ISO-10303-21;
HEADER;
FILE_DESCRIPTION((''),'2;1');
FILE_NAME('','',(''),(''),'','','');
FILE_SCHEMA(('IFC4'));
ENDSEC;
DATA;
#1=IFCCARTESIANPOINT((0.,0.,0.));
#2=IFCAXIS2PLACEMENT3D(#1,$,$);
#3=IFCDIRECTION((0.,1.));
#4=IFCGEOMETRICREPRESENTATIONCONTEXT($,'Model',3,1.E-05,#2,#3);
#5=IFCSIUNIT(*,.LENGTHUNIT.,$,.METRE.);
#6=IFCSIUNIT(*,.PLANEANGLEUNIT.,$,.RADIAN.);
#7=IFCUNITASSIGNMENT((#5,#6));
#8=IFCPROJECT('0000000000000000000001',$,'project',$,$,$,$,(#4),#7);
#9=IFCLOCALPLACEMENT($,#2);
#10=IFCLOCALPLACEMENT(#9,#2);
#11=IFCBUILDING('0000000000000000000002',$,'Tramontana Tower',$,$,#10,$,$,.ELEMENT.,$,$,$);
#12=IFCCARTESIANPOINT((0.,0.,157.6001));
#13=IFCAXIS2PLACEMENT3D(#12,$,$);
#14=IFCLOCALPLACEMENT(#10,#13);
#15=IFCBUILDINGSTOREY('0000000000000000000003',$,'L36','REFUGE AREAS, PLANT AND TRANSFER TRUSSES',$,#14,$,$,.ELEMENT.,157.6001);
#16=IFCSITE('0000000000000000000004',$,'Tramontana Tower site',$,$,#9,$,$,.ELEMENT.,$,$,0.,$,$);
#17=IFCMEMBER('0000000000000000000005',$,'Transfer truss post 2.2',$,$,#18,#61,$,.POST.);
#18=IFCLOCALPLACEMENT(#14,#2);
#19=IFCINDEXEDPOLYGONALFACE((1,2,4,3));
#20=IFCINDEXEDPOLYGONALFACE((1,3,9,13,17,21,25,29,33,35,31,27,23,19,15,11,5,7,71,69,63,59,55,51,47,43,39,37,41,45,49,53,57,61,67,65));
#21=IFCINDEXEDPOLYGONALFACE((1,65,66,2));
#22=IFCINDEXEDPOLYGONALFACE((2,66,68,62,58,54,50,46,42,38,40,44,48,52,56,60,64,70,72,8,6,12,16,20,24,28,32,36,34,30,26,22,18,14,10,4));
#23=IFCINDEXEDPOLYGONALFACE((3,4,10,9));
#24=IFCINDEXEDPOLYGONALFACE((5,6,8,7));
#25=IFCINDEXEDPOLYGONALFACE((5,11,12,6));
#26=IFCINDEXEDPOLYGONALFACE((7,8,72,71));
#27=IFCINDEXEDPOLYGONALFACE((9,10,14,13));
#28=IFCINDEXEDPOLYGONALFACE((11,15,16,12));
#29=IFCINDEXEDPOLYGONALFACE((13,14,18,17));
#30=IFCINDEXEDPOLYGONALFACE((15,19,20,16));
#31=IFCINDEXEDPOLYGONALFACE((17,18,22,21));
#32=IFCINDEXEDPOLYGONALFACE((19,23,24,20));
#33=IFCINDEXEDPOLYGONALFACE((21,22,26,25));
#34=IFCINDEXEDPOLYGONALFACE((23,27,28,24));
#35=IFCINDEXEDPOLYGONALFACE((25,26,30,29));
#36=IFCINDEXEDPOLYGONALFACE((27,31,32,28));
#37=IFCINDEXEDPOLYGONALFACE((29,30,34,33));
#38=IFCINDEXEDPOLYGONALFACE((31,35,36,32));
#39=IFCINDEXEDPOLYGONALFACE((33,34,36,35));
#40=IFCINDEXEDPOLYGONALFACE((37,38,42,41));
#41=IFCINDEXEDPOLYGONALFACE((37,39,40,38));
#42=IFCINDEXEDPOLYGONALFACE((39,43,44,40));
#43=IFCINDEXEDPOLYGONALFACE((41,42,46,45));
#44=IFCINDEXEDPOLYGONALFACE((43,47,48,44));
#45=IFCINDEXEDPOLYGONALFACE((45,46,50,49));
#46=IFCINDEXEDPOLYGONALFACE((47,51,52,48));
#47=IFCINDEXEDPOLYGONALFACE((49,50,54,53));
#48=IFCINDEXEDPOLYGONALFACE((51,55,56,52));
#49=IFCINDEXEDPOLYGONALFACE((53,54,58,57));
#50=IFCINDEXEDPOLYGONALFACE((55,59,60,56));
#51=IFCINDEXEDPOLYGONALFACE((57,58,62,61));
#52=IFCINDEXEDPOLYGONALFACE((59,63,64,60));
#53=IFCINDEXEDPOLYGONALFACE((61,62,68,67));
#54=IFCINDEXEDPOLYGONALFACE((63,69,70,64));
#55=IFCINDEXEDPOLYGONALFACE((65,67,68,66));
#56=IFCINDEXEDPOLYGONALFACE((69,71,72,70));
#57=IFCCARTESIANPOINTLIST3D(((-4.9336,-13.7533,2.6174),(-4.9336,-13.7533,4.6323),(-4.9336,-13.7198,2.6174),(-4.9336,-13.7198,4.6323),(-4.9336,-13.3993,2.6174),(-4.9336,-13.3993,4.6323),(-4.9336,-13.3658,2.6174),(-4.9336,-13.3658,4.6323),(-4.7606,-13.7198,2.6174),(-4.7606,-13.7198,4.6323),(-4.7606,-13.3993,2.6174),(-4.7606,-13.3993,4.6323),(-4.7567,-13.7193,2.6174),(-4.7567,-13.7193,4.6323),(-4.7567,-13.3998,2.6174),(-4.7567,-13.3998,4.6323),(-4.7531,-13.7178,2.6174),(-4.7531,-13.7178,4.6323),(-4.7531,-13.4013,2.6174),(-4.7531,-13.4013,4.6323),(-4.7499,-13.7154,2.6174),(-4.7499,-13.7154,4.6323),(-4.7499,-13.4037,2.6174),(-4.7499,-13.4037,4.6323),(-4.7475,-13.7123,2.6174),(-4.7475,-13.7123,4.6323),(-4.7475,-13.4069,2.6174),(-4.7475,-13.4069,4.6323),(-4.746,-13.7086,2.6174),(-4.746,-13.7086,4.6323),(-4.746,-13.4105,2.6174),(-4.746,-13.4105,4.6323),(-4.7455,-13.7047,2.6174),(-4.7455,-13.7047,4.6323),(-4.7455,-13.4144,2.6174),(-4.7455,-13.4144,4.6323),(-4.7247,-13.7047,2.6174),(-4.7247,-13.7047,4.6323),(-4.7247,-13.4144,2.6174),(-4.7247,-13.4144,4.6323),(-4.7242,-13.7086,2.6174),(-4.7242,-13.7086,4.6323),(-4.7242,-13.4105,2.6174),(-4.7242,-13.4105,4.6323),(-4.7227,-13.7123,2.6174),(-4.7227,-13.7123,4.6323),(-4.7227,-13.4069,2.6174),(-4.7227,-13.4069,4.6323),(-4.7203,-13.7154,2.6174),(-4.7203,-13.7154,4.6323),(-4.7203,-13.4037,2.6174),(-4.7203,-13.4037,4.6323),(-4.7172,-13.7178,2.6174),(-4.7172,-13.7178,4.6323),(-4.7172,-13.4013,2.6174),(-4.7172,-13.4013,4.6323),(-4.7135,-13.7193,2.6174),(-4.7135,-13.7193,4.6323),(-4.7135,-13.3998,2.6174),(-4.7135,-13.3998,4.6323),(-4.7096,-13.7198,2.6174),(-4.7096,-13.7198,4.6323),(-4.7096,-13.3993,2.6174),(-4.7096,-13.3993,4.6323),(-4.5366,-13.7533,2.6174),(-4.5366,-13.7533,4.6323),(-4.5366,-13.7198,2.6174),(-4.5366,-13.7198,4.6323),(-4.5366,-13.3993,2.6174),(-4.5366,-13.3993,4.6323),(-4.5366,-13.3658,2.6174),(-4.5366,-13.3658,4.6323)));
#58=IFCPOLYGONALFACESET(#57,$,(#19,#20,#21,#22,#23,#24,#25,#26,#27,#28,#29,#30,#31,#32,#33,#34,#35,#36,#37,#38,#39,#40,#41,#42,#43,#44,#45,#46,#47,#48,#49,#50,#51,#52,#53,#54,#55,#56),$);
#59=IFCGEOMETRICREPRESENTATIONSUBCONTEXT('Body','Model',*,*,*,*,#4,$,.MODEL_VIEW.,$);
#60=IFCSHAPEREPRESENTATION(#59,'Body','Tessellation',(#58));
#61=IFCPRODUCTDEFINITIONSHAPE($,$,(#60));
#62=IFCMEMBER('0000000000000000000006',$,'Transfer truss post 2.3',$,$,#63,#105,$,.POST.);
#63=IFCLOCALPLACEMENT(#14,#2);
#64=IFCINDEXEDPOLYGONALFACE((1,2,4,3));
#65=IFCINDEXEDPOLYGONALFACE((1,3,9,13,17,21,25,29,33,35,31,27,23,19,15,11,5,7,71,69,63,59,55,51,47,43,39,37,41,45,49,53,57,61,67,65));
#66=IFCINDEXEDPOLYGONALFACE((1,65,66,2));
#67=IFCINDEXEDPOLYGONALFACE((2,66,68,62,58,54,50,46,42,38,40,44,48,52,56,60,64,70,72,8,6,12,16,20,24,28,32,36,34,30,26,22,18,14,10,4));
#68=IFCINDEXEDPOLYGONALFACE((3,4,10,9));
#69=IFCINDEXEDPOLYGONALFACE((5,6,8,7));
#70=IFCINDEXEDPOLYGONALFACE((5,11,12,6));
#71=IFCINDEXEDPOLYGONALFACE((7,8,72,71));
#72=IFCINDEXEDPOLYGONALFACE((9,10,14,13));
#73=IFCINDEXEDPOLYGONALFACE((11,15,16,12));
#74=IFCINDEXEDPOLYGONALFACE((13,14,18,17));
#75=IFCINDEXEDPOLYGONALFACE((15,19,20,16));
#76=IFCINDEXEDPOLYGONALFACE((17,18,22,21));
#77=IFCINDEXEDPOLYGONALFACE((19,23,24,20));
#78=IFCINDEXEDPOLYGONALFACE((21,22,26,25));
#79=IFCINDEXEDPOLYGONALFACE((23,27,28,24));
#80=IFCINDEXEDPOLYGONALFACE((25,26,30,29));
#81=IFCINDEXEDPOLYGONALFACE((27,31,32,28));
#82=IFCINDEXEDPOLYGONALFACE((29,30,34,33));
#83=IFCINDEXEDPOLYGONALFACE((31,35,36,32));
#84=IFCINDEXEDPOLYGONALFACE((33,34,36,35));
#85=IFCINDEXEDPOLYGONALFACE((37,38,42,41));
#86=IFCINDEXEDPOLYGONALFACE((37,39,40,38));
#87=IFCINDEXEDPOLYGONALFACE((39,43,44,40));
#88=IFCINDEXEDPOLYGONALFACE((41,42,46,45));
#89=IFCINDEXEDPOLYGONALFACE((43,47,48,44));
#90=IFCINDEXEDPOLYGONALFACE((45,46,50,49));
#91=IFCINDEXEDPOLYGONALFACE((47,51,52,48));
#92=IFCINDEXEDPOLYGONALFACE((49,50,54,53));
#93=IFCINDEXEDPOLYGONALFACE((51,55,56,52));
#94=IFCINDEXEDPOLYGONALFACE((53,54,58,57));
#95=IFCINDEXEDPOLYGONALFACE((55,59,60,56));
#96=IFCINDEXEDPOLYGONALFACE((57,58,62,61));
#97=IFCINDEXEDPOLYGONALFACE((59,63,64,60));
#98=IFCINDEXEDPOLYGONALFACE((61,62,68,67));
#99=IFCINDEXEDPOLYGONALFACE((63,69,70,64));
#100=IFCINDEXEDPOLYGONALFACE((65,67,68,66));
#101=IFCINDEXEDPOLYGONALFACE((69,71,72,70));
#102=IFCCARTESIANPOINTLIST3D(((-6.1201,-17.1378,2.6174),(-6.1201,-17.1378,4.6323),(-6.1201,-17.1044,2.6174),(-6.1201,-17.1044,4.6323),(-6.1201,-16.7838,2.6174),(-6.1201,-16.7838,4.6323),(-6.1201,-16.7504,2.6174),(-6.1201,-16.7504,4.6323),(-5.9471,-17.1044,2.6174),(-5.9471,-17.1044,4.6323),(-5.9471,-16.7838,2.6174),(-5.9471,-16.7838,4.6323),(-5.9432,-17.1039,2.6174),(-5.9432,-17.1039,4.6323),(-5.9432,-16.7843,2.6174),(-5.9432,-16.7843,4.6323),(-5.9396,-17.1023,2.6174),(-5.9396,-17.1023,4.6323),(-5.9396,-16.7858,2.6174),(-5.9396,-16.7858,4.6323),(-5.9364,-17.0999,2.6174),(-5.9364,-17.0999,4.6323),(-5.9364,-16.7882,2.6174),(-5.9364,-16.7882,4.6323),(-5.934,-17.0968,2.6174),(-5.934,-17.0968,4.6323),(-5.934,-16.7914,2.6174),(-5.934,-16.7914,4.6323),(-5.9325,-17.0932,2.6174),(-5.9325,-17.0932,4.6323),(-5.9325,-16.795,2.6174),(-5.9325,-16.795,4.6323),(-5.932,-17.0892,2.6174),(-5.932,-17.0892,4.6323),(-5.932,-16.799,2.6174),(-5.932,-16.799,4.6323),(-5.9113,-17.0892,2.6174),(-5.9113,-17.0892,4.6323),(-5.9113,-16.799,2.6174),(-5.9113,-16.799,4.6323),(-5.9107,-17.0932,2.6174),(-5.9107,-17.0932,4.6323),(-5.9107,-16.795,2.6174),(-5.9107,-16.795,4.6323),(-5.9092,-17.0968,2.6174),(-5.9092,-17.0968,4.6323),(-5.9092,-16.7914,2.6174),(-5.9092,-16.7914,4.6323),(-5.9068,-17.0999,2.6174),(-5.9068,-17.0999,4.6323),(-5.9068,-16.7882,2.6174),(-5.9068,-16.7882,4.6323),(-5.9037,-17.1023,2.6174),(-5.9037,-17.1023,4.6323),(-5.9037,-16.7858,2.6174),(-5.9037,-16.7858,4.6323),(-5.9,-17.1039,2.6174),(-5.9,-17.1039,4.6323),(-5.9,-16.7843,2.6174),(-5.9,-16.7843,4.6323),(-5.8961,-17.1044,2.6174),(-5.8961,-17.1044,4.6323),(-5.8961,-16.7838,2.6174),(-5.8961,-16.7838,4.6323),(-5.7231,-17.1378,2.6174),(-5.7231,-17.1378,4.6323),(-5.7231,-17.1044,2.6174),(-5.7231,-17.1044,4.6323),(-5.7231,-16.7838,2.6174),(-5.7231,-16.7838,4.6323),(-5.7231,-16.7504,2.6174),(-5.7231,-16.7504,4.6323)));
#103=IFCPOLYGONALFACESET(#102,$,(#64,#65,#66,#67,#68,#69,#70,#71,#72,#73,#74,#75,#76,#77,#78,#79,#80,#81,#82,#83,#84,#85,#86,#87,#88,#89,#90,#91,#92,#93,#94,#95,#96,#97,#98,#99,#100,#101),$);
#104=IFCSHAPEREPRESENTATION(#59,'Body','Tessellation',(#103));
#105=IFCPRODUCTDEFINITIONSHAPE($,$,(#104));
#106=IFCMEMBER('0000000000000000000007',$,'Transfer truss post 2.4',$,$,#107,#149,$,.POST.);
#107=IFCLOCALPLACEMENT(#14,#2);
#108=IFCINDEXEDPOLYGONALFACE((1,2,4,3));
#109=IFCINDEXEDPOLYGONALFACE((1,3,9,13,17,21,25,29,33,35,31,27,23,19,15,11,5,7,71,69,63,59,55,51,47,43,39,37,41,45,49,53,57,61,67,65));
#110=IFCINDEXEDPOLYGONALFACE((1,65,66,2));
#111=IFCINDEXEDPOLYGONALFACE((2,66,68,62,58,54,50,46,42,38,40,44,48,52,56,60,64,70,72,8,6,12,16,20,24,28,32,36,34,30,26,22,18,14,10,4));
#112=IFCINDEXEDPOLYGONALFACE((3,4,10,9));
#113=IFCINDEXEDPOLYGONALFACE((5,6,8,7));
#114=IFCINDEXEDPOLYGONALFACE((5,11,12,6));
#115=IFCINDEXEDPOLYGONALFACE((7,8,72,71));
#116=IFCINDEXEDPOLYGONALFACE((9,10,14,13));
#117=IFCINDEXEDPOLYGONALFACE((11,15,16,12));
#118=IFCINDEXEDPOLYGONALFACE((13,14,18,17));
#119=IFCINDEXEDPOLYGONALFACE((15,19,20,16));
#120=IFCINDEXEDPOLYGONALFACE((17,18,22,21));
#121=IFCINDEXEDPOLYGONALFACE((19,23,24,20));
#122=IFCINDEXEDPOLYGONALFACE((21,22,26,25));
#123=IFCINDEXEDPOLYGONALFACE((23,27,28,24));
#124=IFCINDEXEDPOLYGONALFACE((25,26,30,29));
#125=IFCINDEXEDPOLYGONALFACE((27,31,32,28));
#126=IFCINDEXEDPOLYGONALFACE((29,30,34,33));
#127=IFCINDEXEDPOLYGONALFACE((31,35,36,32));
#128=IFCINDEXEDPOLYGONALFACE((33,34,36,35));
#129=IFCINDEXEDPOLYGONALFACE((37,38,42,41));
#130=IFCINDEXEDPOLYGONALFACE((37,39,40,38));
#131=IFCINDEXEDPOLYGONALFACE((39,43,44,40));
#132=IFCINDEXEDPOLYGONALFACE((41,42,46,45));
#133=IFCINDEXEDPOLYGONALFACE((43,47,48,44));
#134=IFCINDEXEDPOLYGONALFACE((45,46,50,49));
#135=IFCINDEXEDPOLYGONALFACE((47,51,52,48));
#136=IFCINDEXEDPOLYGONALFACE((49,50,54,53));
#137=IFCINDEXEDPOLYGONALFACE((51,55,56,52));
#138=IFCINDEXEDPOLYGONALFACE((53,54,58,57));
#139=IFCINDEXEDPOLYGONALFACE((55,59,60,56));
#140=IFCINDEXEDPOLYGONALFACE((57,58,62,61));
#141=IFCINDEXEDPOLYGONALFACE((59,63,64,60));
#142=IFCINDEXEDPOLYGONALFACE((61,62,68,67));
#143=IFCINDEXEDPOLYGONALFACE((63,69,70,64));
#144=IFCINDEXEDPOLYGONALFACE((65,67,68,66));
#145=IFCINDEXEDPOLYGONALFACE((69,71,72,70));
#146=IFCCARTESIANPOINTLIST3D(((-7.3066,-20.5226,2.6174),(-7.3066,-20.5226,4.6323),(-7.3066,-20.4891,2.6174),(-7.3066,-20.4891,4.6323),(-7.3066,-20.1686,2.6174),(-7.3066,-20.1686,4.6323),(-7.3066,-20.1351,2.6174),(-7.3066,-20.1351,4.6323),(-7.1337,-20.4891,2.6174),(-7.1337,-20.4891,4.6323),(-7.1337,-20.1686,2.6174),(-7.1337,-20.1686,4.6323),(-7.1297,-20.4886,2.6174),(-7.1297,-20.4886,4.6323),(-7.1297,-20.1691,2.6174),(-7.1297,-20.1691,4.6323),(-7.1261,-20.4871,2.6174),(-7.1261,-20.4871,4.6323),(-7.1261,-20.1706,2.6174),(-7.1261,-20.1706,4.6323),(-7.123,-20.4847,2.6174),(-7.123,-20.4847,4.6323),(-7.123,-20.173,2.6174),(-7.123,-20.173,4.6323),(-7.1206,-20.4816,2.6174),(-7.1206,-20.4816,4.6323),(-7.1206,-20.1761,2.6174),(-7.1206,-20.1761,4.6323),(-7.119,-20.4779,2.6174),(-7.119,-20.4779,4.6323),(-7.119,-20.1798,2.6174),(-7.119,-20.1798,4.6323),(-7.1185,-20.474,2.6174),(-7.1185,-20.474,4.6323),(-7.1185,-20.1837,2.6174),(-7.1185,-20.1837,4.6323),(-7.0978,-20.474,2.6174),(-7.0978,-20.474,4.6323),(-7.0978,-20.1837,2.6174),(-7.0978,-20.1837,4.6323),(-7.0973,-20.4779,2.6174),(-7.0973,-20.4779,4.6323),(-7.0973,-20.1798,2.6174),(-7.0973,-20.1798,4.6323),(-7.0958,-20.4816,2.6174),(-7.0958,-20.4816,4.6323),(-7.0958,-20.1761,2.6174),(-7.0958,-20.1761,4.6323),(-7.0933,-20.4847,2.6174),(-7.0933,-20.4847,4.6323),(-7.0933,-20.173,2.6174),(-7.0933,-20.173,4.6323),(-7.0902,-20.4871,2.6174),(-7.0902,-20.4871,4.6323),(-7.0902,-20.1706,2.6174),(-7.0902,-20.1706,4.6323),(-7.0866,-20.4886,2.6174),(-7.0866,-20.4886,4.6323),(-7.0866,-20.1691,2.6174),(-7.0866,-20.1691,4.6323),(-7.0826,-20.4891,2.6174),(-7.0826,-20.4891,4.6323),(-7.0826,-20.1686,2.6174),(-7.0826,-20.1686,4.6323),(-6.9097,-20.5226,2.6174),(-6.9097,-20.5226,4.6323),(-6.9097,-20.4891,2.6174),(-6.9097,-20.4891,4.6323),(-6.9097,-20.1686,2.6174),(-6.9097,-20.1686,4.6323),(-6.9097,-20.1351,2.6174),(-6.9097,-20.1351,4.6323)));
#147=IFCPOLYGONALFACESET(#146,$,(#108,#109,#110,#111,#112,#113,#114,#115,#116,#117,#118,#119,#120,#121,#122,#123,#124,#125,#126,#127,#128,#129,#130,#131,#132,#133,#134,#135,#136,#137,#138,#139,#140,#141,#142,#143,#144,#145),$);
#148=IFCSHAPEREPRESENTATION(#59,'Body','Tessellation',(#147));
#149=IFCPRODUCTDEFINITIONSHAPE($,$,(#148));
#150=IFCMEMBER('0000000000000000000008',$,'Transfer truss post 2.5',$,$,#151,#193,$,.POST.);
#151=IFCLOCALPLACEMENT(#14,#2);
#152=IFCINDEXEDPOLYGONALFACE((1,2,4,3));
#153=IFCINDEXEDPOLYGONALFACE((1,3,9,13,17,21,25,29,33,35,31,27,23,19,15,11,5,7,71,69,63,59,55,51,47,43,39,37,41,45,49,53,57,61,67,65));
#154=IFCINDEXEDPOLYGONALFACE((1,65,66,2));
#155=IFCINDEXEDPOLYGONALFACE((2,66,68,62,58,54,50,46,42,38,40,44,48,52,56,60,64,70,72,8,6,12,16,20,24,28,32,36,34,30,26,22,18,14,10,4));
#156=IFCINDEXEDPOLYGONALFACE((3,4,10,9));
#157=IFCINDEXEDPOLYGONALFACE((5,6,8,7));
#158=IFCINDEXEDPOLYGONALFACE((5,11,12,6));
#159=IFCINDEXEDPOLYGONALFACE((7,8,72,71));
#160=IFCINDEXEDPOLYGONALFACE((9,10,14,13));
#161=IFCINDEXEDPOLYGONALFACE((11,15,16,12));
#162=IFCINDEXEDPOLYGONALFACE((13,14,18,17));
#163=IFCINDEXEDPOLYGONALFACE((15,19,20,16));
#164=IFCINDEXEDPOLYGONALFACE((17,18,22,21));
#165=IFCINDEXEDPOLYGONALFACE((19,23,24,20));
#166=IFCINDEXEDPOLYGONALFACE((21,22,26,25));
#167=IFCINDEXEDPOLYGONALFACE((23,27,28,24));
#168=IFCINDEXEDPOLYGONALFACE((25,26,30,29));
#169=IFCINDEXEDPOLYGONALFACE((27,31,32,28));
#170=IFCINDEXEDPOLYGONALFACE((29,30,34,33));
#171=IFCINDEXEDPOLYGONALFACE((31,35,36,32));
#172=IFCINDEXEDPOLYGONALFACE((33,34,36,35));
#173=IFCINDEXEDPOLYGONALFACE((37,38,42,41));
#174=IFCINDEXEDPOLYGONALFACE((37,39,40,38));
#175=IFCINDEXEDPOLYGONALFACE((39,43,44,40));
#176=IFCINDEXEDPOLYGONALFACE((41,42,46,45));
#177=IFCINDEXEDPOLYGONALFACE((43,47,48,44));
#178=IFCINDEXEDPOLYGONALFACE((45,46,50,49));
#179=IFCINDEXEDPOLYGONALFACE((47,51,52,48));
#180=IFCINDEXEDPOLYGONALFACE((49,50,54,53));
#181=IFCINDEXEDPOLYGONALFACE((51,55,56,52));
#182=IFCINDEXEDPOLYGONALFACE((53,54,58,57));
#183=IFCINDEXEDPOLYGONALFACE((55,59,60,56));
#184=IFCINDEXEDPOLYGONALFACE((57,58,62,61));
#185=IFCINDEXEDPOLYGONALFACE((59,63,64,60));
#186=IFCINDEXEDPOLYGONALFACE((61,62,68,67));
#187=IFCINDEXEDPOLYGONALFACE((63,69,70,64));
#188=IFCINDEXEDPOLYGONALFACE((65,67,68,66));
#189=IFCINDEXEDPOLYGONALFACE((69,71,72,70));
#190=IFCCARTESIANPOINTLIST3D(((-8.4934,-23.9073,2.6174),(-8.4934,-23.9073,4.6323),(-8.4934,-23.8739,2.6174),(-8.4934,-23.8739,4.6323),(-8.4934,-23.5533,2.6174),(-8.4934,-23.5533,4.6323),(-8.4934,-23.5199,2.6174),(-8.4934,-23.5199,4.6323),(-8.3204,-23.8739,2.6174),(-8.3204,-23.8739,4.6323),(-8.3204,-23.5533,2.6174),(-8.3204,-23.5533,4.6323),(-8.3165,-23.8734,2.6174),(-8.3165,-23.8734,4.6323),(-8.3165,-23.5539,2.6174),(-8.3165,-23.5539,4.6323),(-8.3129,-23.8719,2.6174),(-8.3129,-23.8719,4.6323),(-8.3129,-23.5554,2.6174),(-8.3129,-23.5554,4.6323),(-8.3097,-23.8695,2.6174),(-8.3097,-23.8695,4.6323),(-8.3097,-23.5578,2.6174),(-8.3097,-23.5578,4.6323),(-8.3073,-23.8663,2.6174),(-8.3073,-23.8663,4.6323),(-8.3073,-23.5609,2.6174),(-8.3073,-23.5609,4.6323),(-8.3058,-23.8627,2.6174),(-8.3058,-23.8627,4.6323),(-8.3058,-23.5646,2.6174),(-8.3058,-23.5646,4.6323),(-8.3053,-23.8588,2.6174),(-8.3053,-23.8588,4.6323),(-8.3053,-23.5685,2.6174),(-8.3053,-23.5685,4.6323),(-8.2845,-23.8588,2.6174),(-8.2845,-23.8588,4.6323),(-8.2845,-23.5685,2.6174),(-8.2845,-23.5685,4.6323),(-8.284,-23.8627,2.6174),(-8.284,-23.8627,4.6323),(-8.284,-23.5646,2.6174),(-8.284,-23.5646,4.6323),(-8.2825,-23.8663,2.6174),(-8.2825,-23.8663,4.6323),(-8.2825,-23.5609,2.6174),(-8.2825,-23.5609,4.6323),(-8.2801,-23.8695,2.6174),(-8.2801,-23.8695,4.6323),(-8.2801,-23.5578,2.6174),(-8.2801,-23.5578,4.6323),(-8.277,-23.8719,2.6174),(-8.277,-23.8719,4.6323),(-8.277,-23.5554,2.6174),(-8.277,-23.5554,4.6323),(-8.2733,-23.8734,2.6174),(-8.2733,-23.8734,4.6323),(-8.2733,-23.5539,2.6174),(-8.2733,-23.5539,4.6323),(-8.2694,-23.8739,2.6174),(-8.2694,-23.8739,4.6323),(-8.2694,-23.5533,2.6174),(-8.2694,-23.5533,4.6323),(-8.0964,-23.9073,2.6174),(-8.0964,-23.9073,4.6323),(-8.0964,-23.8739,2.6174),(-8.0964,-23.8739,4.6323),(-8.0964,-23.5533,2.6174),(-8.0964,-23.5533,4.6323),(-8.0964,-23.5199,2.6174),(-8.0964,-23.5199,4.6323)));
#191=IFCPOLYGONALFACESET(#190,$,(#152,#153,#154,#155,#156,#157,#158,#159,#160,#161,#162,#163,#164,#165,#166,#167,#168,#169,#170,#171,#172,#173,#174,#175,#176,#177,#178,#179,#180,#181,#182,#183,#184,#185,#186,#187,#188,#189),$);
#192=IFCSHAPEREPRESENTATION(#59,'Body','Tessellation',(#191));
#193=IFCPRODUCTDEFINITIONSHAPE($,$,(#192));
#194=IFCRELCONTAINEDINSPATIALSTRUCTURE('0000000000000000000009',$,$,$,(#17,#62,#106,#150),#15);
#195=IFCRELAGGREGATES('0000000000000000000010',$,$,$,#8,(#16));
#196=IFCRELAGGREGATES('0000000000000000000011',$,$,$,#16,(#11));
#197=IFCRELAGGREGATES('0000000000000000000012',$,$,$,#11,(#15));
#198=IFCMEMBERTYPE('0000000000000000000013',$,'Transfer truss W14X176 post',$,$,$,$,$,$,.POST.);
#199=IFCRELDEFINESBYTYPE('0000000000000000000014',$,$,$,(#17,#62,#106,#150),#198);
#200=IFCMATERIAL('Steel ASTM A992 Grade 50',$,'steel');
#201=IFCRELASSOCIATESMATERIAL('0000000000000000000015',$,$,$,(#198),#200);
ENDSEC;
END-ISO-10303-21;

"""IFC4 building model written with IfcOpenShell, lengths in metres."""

from ifc_helpers import new_model, si_unit, direction, frame, origin, origin_2d, place, context, subcontext, project, spatial, i_section, extrude, material, material_profile, profile_set, type_object, element, save


model = new_model("IFC4")

# Units and contexts
model_context = context("Model", 3, precision=1e-05, world=origin(), true_north=direction((0.0, 1.0)))
body_context = subcontext(model_context, "Body", "Model", "MODEL_VIEW")
ifc_project = project(units=[si_unit("LENGTHUNIT", "METRE"), si_unit("PLANEANGLEUNIT", "RADIAN")], contexts=[model_context])

# Site, building, storey
site_placement = place(None, origin())
site = spatial("IfcSite", under=ifc_project, at=site_placement, Name="Tramontana Tower site", CompositionType="ELEMENT", RefElevation=0.0)
building_placement = place(site_placement, origin())
building = spatial("IfcBuilding", under=site, at=building_placement, Name="Tramontana Tower", CompositionType="ELEMENT")
storey_placement = place(building_placement, frame((0.0, 0.0, 157.6001)))
storey = spatial("IfcBuildingStorey", under=building, at=storey_placement, Name="L36", Description="REFUGE AREAS, PLANT AND TRANSFER TRUSSES", CompositionType="ELEMENT", Elevation=157.6001)

# Members
ifc_material_1 = material(Name="Steel ASTM A992 Grade 50", Category="steel")
ifc_material_profile_1 = material_profile(ifc_material_1, i_section(OverallWidth=0.397, OverallDepth=0.3875, WebThickness=0.0208, FlangeThickness=0.0334, FilletRadius=0.0151, at=origin_2d()), Name="W14X176")
ifc_profile_set_1 = profile_set([ifc_material_profile_1], Name="Steel ASTM A992 Grade 50")
member_type_1 = type_object("IfcMemberType", Name="Transfer truss W14X176 post", PredefinedType="POST", material=ifc_profile_set_1)
for number, where, z_axis, x_axis, name in (
    (1, (-4.7351, -13.5596, 2.6174), (0.0, 0.0, 1.0), (1.0, 0.0, 0.0), "Transfer truss post 2.2"),
    (2, (-5.9216, -16.9441, 2.6174), (0.0, 0.0, 1.0), (1.0, 0.0, 0.0), "Transfer truss post 2.3"),
    (3, (-7.1082, -20.3289, 2.6174), (0.0, 0.0, 1.0), (1.0, 0.0, 0.0), "Transfer truss post 2.4"),
    (4, (-8.2949, -23.7136, 2.6174), (0.0, 0.0, 1.0), (1.0, 0.0, 0.0), "Transfer truss post 2.5"),
):
    element("IfcMember", number, at=place(storey_placement, frame(where, z_axis=z_axis, x_axis=x_axis)), inside=storey, type_object=member_type_1, Name=name, PredefinedType="POST", context=body_context, shape_type="SweptSolid", body=[
        extrude(i_section(OverallWidth=0.397, OverallDepth=0.3875, WebThickness=0.0208, FlangeThickness=0.0334, FilletRadius=0.0151, at=origin_2d()), origin(), (0.0, 0.0, 1.0), 2.0149),
    ])

save(model, "model.ifc")
